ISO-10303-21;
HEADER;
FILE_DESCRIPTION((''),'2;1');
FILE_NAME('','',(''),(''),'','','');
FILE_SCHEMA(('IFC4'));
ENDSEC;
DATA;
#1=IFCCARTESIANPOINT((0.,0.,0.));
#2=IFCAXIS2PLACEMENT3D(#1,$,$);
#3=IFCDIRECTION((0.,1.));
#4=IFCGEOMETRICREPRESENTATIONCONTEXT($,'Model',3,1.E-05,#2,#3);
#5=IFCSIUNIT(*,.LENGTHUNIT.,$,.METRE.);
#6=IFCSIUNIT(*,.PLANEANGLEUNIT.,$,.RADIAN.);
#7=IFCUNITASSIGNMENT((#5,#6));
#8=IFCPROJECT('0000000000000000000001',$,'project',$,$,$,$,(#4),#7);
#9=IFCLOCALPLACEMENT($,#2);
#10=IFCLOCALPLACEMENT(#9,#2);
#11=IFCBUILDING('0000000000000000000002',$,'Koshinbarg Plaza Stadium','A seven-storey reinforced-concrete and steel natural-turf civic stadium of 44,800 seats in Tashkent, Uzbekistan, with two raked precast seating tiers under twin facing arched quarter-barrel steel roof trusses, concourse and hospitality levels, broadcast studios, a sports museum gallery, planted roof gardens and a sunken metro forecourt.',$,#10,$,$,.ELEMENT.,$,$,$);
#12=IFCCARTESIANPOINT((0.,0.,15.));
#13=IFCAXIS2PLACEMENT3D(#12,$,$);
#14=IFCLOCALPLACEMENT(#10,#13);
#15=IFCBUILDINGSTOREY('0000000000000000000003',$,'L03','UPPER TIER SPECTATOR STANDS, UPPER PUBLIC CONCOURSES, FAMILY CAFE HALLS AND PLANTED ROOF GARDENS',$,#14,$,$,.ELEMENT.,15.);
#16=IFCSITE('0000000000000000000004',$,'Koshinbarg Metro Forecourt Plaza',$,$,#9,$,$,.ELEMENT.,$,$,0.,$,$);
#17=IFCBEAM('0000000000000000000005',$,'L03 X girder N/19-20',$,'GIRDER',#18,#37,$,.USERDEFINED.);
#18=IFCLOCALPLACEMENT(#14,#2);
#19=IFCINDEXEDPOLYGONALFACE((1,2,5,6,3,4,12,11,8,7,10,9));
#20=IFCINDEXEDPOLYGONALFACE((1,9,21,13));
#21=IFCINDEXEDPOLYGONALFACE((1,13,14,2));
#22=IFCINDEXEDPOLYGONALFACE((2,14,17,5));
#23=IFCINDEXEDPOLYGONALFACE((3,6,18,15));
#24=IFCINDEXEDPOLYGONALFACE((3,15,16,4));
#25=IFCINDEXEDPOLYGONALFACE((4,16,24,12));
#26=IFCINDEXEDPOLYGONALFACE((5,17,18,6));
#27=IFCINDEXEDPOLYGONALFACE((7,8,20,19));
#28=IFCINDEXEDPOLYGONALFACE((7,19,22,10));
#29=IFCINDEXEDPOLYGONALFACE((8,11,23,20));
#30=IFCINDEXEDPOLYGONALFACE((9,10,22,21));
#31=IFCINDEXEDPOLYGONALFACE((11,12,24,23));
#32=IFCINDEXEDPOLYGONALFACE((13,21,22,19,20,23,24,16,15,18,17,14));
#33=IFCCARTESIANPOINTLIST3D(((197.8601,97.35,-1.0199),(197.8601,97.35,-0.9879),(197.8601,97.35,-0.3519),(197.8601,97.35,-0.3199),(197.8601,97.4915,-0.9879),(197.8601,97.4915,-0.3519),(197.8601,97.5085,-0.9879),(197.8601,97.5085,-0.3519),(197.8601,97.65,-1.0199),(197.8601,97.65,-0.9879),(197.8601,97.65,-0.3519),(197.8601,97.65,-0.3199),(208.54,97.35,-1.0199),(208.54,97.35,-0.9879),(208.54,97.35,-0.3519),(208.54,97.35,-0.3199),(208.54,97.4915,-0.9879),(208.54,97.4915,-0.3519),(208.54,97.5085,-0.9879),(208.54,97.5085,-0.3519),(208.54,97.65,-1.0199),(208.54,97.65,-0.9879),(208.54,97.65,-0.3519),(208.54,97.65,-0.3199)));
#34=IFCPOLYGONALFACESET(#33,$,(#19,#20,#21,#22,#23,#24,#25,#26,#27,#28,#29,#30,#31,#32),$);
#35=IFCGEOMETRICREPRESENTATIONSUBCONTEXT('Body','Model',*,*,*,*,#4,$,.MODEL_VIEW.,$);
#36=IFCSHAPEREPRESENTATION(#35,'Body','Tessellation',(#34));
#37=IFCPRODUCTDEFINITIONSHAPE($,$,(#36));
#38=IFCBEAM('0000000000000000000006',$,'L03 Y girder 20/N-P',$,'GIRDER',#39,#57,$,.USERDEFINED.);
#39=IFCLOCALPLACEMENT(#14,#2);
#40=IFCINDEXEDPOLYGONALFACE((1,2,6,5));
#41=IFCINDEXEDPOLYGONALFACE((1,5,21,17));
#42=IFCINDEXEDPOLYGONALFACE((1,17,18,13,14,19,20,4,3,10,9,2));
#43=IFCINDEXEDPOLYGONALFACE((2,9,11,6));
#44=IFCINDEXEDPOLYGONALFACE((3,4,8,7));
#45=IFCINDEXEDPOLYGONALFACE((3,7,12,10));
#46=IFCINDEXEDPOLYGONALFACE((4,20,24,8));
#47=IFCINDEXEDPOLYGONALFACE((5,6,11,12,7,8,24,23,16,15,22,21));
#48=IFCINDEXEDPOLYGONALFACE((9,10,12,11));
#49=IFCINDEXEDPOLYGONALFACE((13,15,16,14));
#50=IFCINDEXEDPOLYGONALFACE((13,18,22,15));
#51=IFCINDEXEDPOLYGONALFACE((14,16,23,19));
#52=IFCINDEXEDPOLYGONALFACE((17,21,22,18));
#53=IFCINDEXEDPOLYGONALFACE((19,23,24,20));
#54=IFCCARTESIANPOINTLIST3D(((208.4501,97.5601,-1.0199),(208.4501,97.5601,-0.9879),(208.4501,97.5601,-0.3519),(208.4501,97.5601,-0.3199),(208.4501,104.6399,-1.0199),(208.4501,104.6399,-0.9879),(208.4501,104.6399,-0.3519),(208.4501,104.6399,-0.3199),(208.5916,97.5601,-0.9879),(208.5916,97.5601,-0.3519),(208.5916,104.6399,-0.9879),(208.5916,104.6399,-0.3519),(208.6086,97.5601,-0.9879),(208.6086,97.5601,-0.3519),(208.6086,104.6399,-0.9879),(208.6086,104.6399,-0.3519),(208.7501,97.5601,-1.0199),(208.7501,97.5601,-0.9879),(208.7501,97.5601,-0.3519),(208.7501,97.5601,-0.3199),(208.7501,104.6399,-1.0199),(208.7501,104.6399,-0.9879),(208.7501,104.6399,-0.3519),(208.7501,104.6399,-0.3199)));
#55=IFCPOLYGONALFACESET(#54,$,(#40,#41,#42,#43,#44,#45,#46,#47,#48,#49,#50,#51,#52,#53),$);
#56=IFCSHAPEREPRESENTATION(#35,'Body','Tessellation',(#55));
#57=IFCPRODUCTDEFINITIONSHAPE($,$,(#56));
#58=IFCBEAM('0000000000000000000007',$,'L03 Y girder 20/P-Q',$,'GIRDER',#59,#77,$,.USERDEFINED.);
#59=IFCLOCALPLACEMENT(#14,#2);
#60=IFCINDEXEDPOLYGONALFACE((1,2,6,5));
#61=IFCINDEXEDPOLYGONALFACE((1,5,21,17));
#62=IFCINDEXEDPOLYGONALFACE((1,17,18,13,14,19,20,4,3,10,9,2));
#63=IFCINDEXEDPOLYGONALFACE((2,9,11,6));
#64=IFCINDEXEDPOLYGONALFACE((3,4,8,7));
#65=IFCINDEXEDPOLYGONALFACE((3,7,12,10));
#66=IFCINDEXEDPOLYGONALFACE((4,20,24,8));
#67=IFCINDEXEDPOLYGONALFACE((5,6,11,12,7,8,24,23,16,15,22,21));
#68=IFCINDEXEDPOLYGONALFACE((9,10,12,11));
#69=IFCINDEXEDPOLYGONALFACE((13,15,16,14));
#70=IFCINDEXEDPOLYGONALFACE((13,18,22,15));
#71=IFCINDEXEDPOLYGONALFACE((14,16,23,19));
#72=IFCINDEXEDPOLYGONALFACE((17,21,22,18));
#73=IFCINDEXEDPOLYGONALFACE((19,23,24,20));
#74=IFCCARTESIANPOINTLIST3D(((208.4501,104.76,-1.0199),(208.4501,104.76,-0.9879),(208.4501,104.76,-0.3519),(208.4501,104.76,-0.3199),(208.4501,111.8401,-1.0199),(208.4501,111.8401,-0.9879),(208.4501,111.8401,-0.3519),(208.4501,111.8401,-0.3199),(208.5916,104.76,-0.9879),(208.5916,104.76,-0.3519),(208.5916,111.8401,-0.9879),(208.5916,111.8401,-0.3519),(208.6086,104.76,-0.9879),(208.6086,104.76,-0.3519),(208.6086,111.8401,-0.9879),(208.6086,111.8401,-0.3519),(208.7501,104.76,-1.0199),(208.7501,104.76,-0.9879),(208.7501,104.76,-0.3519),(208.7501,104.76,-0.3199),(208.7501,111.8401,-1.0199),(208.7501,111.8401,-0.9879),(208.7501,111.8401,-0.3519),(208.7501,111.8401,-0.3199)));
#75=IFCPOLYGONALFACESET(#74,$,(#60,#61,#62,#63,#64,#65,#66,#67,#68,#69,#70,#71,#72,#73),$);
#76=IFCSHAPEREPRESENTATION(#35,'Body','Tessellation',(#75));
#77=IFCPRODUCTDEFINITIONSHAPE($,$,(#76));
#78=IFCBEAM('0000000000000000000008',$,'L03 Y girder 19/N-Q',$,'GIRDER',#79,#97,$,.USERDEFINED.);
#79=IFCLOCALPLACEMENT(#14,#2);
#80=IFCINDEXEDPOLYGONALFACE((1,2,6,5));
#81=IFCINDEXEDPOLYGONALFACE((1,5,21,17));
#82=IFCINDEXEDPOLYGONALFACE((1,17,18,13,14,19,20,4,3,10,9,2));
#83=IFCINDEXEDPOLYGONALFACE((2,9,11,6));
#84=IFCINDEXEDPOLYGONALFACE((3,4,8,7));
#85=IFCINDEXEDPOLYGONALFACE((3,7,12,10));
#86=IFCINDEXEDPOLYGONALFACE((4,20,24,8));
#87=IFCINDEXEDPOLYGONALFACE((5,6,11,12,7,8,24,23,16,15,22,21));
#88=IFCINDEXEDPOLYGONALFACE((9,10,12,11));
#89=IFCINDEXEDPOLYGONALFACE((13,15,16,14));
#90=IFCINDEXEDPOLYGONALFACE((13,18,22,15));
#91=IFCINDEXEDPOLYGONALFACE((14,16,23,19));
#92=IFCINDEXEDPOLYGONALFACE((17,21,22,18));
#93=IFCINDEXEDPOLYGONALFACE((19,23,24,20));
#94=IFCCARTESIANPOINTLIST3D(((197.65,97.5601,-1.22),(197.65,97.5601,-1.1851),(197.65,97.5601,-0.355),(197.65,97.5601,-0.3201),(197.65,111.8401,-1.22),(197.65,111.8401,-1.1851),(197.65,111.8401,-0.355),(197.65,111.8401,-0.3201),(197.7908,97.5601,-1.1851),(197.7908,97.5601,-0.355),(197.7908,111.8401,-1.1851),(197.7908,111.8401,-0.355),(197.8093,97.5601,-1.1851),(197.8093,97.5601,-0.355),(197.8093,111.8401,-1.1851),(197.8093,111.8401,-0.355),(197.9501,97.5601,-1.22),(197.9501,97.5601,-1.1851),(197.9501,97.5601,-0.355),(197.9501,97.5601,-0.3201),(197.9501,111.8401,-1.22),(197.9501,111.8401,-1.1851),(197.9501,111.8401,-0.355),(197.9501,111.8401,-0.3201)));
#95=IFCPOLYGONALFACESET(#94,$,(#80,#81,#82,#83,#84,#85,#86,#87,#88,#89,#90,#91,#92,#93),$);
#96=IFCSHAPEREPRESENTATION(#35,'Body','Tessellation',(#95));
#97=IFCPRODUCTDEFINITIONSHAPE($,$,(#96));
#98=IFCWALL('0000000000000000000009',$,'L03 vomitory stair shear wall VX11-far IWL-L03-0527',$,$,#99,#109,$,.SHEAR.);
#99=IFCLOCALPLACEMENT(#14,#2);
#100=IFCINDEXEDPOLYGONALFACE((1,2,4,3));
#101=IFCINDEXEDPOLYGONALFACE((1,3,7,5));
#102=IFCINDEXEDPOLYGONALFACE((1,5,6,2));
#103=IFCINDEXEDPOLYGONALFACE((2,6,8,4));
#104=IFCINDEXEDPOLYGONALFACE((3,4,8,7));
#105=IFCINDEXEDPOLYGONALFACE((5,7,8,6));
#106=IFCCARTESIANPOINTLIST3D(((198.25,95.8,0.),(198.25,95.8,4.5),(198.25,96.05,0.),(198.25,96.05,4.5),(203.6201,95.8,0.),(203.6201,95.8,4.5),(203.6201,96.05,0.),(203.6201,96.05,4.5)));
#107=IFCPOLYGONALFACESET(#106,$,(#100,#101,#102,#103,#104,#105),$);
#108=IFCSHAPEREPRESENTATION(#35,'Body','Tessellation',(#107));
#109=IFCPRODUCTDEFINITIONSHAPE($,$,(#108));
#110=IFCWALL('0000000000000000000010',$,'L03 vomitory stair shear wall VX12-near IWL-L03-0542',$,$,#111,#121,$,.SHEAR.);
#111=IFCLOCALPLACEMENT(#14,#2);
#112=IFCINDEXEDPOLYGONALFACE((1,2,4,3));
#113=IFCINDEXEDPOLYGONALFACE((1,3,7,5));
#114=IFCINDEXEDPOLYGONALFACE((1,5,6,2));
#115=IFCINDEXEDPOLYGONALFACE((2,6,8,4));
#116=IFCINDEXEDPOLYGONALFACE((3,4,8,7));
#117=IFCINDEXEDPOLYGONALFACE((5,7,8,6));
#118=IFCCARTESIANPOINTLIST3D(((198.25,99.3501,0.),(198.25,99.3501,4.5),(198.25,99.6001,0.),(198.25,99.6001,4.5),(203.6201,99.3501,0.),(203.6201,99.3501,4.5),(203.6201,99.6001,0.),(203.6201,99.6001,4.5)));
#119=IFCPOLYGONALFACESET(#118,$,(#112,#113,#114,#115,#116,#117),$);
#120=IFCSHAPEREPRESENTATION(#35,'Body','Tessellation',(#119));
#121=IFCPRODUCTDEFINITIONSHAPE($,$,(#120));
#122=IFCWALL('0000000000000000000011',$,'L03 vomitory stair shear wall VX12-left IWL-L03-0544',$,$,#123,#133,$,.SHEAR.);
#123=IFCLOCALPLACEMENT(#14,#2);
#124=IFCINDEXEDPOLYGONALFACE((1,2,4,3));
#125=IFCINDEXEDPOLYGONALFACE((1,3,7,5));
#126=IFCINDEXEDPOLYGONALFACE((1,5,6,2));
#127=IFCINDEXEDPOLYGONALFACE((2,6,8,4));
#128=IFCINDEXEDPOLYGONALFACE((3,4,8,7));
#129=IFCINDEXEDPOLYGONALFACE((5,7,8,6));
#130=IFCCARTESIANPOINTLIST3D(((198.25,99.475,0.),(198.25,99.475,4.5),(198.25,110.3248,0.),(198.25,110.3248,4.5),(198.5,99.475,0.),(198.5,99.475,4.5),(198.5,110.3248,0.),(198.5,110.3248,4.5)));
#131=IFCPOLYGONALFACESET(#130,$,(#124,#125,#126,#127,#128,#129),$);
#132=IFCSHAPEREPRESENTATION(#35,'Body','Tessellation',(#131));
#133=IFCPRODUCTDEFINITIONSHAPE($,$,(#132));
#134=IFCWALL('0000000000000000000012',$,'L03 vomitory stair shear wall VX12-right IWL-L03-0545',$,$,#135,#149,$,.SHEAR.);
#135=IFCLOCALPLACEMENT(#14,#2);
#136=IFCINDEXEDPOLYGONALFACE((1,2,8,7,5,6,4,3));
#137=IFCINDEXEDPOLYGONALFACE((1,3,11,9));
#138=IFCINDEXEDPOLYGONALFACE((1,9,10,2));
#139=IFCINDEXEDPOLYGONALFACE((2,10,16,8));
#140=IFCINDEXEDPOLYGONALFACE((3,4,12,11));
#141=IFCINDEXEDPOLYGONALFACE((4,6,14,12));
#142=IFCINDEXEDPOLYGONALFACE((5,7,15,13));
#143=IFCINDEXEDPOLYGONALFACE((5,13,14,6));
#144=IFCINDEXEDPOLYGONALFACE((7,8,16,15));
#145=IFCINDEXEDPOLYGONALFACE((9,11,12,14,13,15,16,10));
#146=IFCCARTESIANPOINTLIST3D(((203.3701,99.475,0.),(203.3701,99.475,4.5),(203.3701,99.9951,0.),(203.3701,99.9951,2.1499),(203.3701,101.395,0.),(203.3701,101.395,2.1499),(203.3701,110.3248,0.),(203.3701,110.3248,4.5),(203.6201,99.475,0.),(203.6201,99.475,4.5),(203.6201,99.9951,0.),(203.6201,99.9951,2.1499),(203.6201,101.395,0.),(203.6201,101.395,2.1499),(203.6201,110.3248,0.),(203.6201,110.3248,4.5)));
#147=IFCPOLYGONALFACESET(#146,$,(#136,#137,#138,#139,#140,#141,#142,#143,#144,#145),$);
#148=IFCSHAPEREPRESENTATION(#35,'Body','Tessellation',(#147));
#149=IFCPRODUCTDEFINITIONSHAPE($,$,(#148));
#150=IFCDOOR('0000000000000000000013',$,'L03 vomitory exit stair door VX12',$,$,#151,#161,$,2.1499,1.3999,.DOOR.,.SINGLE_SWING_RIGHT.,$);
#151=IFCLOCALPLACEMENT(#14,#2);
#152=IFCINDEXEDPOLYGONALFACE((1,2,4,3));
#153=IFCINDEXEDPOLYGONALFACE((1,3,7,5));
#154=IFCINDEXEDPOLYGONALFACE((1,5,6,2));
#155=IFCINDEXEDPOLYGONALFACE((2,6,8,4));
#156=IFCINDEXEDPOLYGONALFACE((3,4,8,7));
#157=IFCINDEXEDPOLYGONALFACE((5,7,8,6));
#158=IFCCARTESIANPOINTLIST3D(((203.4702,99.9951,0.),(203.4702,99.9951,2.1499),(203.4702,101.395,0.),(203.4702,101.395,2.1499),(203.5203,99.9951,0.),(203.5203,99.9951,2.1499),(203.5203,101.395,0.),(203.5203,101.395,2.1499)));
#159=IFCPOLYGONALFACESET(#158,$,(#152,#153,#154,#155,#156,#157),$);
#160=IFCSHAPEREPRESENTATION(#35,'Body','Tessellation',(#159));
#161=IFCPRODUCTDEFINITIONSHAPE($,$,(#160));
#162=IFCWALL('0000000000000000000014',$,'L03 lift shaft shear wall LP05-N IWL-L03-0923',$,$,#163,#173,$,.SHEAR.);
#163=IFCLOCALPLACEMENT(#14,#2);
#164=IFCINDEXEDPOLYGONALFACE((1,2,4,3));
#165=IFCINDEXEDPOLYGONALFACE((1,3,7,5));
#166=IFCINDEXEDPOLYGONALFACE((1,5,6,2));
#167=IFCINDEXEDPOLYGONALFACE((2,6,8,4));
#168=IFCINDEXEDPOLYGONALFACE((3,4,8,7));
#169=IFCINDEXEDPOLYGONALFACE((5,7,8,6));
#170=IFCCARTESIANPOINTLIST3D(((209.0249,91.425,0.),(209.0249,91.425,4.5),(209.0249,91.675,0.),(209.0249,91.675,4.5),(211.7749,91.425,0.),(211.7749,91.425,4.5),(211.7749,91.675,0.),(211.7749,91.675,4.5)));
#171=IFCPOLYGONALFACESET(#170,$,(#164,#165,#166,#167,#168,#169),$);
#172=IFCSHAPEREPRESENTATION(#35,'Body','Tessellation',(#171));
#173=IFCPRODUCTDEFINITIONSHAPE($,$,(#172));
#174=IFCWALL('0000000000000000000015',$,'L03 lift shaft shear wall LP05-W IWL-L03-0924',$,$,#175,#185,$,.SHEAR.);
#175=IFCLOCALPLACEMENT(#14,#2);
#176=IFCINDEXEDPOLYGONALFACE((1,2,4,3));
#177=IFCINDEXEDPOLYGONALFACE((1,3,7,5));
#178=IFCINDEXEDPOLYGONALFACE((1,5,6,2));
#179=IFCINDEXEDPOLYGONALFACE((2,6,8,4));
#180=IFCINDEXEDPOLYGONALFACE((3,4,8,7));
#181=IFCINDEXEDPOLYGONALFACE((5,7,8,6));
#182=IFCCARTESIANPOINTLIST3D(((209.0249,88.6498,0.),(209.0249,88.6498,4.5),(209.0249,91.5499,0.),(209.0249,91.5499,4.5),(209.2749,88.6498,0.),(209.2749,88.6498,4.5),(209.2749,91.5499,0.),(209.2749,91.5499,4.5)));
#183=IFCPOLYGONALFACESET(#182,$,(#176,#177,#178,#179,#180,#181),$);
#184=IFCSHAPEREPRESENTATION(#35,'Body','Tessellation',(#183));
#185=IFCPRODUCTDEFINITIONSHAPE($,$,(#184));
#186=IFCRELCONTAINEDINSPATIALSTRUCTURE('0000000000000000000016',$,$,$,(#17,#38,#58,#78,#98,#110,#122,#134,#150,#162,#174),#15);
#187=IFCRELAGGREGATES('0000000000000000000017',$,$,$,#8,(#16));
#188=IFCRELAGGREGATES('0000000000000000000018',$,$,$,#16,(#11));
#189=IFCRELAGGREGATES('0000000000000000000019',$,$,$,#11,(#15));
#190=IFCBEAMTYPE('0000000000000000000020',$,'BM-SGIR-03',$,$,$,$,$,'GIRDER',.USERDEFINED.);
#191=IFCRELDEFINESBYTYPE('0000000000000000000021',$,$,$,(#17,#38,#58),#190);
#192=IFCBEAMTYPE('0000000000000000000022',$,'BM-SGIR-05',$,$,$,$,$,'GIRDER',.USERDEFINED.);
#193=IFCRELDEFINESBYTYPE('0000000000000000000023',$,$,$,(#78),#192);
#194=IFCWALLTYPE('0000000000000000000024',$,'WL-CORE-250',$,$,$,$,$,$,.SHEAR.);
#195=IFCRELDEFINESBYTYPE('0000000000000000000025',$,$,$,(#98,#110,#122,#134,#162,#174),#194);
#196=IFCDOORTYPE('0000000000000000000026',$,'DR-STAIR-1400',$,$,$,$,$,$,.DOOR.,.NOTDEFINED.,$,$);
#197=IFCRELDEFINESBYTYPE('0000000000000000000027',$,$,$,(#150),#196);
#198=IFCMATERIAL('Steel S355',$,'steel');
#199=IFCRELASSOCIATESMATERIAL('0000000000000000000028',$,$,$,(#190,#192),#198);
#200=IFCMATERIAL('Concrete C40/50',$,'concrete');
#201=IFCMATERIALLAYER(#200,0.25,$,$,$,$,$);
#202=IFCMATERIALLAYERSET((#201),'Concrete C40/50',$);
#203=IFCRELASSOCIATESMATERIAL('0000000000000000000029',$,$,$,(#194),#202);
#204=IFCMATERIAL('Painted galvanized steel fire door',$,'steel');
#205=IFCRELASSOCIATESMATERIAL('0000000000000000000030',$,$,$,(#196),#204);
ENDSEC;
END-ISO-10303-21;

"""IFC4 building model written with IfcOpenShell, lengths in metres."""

from ifc_helpers import new_model, si_unit, direction, frame, frame_2d, origin, origin_2d, place, context, subcontext, project, spatial, rectangle, i_section, extrude, material, layer, layer_set, material_profile, profile_set, type_object, element, fill, save


model = new_model("IFC4")

# Units and contexts
model_context = context("Model", 3, precision=1e-05, world=origin(), true_north=direction((0.0, 1.0)))
body_context = subcontext(model_context, "Body", "Model", "MODEL_VIEW")
ifc_project = project(units=[si_unit("LENGTHUNIT", "METRE"), si_unit("PLANEANGLEUNIT", "RADIAN")], contexts=[model_context])

# Site, building, storey
site_placement = place(None, origin())
site = spatial("IfcSite", under=ifc_project, at=site_placement, Name="Koshinbarg Metro Forecourt Plaza", CompositionType="ELEMENT", RefElevation=0.0)
building_placement = place(site_placement, origin())
building = spatial("IfcBuilding", under=site, at=building_placement, Name="Koshinbarg Plaza Stadium", Description="A seven-storey reinforced-concrete and steel natural-turf civic stadium of 44,800 seats in Tashkent, Uzbekistan, with two raked precast seating tiers under twin facing arched quarter-barrel steel roof trusses, concourse and hospitality levels, broadcast studios, a sports museum gallery, planted roof gardens and a sunken metro forecourt.", CompositionType="ELEMENT")
storey_placement = place(building_placement, frame((0.0, 0.0, 15.0)))
storey = spatial("IfcBuildingStorey", under=building, at=storey_placement, Name="L03", Description="UPPER TIER SPECTATOR STANDS, UPPER PUBLIC CONCOURSES, FAMILY CAFE HALLS AND PLANTED ROOF GARDENS", CompositionType="ELEMENT", Elevation=15.0)

# Shared definitions
ifc_material_1 = material(Name="Steel S355", Category="steel")

# Beams
ifc_material_2 = material(Name="Concrete C40/50", Category="concrete")
ifc_material_profile_1 = material_profile(ifc_material_1, i_section(OverallWidth=0.3, OverallDepth=0.7, WebThickness=0.0171, FlangeThickness=0.032, at=origin_2d()), Name="HEB 700")
ifc_profile_set_1 = profile_set([ifc_material_profile_1], Name="Steel S355")
beam_type_1 = type_object("IfcBeamType", Name="BM-SGIR-03", ElementType="GIRDER", PredefinedType="USERDEFINED", material=ifc_profile_set_1)
beam_1_placement = place(storey_placement, frame((197.8601, 97.5, -0.6699), z_axis=(1.0, 0.0, 0.0), x_axis=(0.0, 1.0, 0.0)))
element("IfcBeam", 1, at=beam_1_placement, inside=storey, type_object=beam_type_1, Name="L03 X girder N/19-20", ObjectType="GIRDER", PredefinedType="USERDEFINED", context=body_context, shape_type="SweptSolid", body=[
    extrude(i_section(OverallWidth=0.3, OverallDepth=0.7, WebThickness=0.0171, FlangeThickness=0.032, at=origin_2d()), origin(), (0.0, 0.0, 1.0), 10.6799),
])
beam_2_placement = place(storey_placement, frame((208.6001, 97.5601, -0.6699), z_axis=(0.0, 1.0, 0.0), x_axis=(-1.0, 0.0, 0.0)))
element("IfcBeam", 2, at=beam_2_placement, inside=storey, type_object=beam_type_1, Name="L03 Y girder 20/N-P", ObjectType="GIRDER", PredefinedType="USERDEFINED", context=body_context, shape_type="SweptSolid", body=[
    extrude(i_section(OverallWidth=0.3, OverallDepth=0.7, WebThickness=0.0171, FlangeThickness=0.032, at=origin_2d()), origin(), (0.0, 0.0, 1.0), 7.0798),
])
beam_3_placement = place(storey_placement, frame((208.6001, 104.76, -0.6699), z_axis=(0.0, 1.0, 0.0), x_axis=(-1.0, 0.0, 0.0)))
element("IfcBeam", 3, at=beam_3_placement, inside=storey, type_object=beam_type_1, Name="L03 Y girder 20/P-Q", ObjectType="GIRDER", PredefinedType="USERDEFINED", context=body_context, shape_type="SweptSolid", body=[
    extrude(i_section(OverallWidth=0.3, OverallDepth=0.7, WebThickness=0.0171, FlangeThickness=0.032, at=origin_2d()), origin(), (0.0, 0.0, 1.0), 7.0801),
])
ifc_material_profile_2 = material_profile(ifc_material_1, i_section(OverallWidth=0.3, OverallDepth=0.8999, WebThickness=0.0186, FlangeThickness=0.0349, at=origin_2d()), Name="HEB 900")
ifc_profile_set_2 = profile_set([ifc_material_profile_2], Name="Steel S355")
beam_type_2 = type_object("IfcBeamType", Name="BM-SGIR-05", ElementType="GIRDER", PredefinedType="USERDEFINED", material=ifc_profile_set_2)
beam_4_placement = place(storey_placement, frame((197.8, 97.5601, -0.77), z_axis=(0.0, 1.0, 0.0), x_axis=(-1.0, 0.0, 0.0)))
element("IfcBeam", 4, at=beam_4_placement, inside=storey, type_object=beam_type_2, Name="L03 Y girder 19/N-Q", ObjectType="GIRDER", PredefinedType="USERDEFINED", context=body_context, shape_type="SweptSolid", body=[
    extrude(i_section(OverallWidth=0.3, OverallDepth=0.8999, WebThickness=0.0186, FlangeThickness=0.0349, at=origin_2d()), origin(), (0.0, 0.0, 1.0), 14.28),
])

# Walls
ifc_layer_1 = layer(ifc_material_2, 0.25)
ifc_layer_set_1 = layer_set([ifc_layer_1], Name="Concrete C40/50")
wall_type_1 = type_object("IfcWallType", Name="WL-CORE-250", PredefinedType="SHEAR", material=ifc_layer_set_1)
for number, where, z_axis, x_axis, name in (
    (5, (203.6201, 95.925, 0.0), (0.0, 0.0, 1.0), (-1.0, 0.0, 0.0), "L03 vomitory stair shear wall VX11-far IWL-L03-0527"),
    (6, (198.25, 99.4751, 0.0), (0.0, 0.0, 1.0), (1.0, 0.0, 0.0), "L03 vomitory stair shear wall VX12-near IWL-L03-0542"),
):
    element("IfcWall", number, at=place(storey_placement, frame(where, z_axis=z_axis, x_axis=x_axis)), inside=storey, type_object=wall_type_1, Name=name, PredefinedType="SHEAR", context=body_context, shape_type="SweptSolid", body=[
        extrude(rectangle(XDim=5.3701, YDim=0.25, at=frame_2d((2.6851, 0.0))), origin(), (0.0, 0.0, 1.0), 4.5),
    ])
wall_1_placement = place(storey_placement, frame((198.375, 99.4751, 0.0), z_axis=(0.0, 0.0, 1.0), x_axis=(0.0, 1.0, 0.0)))
element("IfcWall", 7, at=wall_1_placement, inside=storey, type_object=wall_type_1, Name="L03 vomitory stair shear wall VX12-left IWL-L03-0544", PredefinedType="SHEAR", context=body_context, shape_type="SweptSolid", body=[
    extrude(rectangle(XDim=10.8499, YDim=0.25, at=frame_2d((5.4248, 0.0))), origin(), (0.0, 0.0, 1.0), 4.5),
])

# Wall, opening, door
wall_2_placement = place(storey_placement, frame((203.4951, 99.4751, 0.0), z_axis=(0.0, 0.0, 1.0), x_axis=(0.0, 1.0, 0.0)))
wall_2 = element("IfcWall", 8, at=wall_2_placement, inside=storey, type_object=wall_type_1, Name="L03 vomitory stair shear wall VX12-right IWL-L03-0545", PredefinedType="SHEAR", context=body_context, shape_type="SweptSolid", body=[
    extrude(rectangle(XDim=10.8499, YDim=0.25, at=frame_2d((5.4248, 0.0))), origin(), (0.0, 0.0, 1.0), 4.5),
])
opening_1_placement = place(wall_2_placement, frame((0.52, 0.0, 0.0)))
opening_1 = element("IfcOpeningElement", 9, at=opening_1_placement, cuts=wall_2, PredefinedType="OPENING", context=body_context, shape_type="SweptSolid", body=[
    extrude(rectangle(XDim=1.3999, YDim=2.1499, at=frame_2d((0.7, 1.075))), frame((0.0, 0.135, 0.0), z_axis=(0.0, -1.0, 0.0), x_axis=(1.0, 0.0, 0.0)), (0.0, 0.0, 1.0), 0.27),
])
ifc_material_3 = material(Name="Painted galvanized steel fire door", Category="steel")
door_type_1 = type_object("IfcDoorType", Name="DR-STAIR-1400", OperationType="NOTDEFINED", PredefinedType="DOOR", material=ifc_material_3)
door_1_placement = place(opening_1_placement, origin())
door_1 = element("IfcDoor", 10, at=door_1_placement, inside=storey, type_object=door_type_1, Name="L03 vomitory exit stair door VX12", OperationType="SINGLE_SWING_RIGHT", OverallHeight=2.1499, OverallWidth=1.3999, PredefinedType="DOOR", context=body_context, shape_type="SweptSolid", body=[
    extrude(rectangle(XDim=1.3999, YDim=2.1499, at=frame_2d((0.7, 1.075))), frame((0.0, 0.0249, 0.0), z_axis=(0.0, -1.0, 0.0), x_axis=(1.0, 0.0, 0.0)), (0.0, 0.0, 1.0), 0.05),
])
fill(opening_1, door_1)

# Walls
wall_3_placement = place(storey_placement, frame((211.7749, 91.55, 0.0), z_axis=(0.0, 0.0, 1.0), x_axis=(-1.0, 0.0, 0.0)))
element("IfcWall", 11, at=wall_3_placement, inside=storey, type_object=wall_type_1, Name="L03 lift shaft shear wall LP05-N IWL-L03-0923", PredefinedType="SHEAR", context=body_context, shape_type="SweptSolid", body=[
    extrude(rectangle(XDim=2.75, YDim=0.25, at=frame_2d((1.375, 0.0))), origin(), (0.0, 0.0, 1.0), 4.5),
])
for number, where, z_axis, x_axis, name in (
    (12, (209.1499, 91.55, 0.0), (0.0, 0.0, 1.0), (0.0, -1.0, 0.0), "L03 lift shaft shear wall LP05-W IWL-L03-0924"),
):
    element("IfcWall", number, at=place(storey_placement, frame(where, z_axis=z_axis, x_axis=x_axis)), inside=storey, type_object=wall_type_1, Name=name, PredefinedType="SHEAR", context=body_context, shape_type="SweptSolid", body=[
        extrude(rectangle(XDim=2.9001, YDim=0.25, at=frame_2d((1.4502, 0.0))), origin(), (0.0, 0.0, 1.0), 4.5),
    ])

save(model, "model.ifc")
